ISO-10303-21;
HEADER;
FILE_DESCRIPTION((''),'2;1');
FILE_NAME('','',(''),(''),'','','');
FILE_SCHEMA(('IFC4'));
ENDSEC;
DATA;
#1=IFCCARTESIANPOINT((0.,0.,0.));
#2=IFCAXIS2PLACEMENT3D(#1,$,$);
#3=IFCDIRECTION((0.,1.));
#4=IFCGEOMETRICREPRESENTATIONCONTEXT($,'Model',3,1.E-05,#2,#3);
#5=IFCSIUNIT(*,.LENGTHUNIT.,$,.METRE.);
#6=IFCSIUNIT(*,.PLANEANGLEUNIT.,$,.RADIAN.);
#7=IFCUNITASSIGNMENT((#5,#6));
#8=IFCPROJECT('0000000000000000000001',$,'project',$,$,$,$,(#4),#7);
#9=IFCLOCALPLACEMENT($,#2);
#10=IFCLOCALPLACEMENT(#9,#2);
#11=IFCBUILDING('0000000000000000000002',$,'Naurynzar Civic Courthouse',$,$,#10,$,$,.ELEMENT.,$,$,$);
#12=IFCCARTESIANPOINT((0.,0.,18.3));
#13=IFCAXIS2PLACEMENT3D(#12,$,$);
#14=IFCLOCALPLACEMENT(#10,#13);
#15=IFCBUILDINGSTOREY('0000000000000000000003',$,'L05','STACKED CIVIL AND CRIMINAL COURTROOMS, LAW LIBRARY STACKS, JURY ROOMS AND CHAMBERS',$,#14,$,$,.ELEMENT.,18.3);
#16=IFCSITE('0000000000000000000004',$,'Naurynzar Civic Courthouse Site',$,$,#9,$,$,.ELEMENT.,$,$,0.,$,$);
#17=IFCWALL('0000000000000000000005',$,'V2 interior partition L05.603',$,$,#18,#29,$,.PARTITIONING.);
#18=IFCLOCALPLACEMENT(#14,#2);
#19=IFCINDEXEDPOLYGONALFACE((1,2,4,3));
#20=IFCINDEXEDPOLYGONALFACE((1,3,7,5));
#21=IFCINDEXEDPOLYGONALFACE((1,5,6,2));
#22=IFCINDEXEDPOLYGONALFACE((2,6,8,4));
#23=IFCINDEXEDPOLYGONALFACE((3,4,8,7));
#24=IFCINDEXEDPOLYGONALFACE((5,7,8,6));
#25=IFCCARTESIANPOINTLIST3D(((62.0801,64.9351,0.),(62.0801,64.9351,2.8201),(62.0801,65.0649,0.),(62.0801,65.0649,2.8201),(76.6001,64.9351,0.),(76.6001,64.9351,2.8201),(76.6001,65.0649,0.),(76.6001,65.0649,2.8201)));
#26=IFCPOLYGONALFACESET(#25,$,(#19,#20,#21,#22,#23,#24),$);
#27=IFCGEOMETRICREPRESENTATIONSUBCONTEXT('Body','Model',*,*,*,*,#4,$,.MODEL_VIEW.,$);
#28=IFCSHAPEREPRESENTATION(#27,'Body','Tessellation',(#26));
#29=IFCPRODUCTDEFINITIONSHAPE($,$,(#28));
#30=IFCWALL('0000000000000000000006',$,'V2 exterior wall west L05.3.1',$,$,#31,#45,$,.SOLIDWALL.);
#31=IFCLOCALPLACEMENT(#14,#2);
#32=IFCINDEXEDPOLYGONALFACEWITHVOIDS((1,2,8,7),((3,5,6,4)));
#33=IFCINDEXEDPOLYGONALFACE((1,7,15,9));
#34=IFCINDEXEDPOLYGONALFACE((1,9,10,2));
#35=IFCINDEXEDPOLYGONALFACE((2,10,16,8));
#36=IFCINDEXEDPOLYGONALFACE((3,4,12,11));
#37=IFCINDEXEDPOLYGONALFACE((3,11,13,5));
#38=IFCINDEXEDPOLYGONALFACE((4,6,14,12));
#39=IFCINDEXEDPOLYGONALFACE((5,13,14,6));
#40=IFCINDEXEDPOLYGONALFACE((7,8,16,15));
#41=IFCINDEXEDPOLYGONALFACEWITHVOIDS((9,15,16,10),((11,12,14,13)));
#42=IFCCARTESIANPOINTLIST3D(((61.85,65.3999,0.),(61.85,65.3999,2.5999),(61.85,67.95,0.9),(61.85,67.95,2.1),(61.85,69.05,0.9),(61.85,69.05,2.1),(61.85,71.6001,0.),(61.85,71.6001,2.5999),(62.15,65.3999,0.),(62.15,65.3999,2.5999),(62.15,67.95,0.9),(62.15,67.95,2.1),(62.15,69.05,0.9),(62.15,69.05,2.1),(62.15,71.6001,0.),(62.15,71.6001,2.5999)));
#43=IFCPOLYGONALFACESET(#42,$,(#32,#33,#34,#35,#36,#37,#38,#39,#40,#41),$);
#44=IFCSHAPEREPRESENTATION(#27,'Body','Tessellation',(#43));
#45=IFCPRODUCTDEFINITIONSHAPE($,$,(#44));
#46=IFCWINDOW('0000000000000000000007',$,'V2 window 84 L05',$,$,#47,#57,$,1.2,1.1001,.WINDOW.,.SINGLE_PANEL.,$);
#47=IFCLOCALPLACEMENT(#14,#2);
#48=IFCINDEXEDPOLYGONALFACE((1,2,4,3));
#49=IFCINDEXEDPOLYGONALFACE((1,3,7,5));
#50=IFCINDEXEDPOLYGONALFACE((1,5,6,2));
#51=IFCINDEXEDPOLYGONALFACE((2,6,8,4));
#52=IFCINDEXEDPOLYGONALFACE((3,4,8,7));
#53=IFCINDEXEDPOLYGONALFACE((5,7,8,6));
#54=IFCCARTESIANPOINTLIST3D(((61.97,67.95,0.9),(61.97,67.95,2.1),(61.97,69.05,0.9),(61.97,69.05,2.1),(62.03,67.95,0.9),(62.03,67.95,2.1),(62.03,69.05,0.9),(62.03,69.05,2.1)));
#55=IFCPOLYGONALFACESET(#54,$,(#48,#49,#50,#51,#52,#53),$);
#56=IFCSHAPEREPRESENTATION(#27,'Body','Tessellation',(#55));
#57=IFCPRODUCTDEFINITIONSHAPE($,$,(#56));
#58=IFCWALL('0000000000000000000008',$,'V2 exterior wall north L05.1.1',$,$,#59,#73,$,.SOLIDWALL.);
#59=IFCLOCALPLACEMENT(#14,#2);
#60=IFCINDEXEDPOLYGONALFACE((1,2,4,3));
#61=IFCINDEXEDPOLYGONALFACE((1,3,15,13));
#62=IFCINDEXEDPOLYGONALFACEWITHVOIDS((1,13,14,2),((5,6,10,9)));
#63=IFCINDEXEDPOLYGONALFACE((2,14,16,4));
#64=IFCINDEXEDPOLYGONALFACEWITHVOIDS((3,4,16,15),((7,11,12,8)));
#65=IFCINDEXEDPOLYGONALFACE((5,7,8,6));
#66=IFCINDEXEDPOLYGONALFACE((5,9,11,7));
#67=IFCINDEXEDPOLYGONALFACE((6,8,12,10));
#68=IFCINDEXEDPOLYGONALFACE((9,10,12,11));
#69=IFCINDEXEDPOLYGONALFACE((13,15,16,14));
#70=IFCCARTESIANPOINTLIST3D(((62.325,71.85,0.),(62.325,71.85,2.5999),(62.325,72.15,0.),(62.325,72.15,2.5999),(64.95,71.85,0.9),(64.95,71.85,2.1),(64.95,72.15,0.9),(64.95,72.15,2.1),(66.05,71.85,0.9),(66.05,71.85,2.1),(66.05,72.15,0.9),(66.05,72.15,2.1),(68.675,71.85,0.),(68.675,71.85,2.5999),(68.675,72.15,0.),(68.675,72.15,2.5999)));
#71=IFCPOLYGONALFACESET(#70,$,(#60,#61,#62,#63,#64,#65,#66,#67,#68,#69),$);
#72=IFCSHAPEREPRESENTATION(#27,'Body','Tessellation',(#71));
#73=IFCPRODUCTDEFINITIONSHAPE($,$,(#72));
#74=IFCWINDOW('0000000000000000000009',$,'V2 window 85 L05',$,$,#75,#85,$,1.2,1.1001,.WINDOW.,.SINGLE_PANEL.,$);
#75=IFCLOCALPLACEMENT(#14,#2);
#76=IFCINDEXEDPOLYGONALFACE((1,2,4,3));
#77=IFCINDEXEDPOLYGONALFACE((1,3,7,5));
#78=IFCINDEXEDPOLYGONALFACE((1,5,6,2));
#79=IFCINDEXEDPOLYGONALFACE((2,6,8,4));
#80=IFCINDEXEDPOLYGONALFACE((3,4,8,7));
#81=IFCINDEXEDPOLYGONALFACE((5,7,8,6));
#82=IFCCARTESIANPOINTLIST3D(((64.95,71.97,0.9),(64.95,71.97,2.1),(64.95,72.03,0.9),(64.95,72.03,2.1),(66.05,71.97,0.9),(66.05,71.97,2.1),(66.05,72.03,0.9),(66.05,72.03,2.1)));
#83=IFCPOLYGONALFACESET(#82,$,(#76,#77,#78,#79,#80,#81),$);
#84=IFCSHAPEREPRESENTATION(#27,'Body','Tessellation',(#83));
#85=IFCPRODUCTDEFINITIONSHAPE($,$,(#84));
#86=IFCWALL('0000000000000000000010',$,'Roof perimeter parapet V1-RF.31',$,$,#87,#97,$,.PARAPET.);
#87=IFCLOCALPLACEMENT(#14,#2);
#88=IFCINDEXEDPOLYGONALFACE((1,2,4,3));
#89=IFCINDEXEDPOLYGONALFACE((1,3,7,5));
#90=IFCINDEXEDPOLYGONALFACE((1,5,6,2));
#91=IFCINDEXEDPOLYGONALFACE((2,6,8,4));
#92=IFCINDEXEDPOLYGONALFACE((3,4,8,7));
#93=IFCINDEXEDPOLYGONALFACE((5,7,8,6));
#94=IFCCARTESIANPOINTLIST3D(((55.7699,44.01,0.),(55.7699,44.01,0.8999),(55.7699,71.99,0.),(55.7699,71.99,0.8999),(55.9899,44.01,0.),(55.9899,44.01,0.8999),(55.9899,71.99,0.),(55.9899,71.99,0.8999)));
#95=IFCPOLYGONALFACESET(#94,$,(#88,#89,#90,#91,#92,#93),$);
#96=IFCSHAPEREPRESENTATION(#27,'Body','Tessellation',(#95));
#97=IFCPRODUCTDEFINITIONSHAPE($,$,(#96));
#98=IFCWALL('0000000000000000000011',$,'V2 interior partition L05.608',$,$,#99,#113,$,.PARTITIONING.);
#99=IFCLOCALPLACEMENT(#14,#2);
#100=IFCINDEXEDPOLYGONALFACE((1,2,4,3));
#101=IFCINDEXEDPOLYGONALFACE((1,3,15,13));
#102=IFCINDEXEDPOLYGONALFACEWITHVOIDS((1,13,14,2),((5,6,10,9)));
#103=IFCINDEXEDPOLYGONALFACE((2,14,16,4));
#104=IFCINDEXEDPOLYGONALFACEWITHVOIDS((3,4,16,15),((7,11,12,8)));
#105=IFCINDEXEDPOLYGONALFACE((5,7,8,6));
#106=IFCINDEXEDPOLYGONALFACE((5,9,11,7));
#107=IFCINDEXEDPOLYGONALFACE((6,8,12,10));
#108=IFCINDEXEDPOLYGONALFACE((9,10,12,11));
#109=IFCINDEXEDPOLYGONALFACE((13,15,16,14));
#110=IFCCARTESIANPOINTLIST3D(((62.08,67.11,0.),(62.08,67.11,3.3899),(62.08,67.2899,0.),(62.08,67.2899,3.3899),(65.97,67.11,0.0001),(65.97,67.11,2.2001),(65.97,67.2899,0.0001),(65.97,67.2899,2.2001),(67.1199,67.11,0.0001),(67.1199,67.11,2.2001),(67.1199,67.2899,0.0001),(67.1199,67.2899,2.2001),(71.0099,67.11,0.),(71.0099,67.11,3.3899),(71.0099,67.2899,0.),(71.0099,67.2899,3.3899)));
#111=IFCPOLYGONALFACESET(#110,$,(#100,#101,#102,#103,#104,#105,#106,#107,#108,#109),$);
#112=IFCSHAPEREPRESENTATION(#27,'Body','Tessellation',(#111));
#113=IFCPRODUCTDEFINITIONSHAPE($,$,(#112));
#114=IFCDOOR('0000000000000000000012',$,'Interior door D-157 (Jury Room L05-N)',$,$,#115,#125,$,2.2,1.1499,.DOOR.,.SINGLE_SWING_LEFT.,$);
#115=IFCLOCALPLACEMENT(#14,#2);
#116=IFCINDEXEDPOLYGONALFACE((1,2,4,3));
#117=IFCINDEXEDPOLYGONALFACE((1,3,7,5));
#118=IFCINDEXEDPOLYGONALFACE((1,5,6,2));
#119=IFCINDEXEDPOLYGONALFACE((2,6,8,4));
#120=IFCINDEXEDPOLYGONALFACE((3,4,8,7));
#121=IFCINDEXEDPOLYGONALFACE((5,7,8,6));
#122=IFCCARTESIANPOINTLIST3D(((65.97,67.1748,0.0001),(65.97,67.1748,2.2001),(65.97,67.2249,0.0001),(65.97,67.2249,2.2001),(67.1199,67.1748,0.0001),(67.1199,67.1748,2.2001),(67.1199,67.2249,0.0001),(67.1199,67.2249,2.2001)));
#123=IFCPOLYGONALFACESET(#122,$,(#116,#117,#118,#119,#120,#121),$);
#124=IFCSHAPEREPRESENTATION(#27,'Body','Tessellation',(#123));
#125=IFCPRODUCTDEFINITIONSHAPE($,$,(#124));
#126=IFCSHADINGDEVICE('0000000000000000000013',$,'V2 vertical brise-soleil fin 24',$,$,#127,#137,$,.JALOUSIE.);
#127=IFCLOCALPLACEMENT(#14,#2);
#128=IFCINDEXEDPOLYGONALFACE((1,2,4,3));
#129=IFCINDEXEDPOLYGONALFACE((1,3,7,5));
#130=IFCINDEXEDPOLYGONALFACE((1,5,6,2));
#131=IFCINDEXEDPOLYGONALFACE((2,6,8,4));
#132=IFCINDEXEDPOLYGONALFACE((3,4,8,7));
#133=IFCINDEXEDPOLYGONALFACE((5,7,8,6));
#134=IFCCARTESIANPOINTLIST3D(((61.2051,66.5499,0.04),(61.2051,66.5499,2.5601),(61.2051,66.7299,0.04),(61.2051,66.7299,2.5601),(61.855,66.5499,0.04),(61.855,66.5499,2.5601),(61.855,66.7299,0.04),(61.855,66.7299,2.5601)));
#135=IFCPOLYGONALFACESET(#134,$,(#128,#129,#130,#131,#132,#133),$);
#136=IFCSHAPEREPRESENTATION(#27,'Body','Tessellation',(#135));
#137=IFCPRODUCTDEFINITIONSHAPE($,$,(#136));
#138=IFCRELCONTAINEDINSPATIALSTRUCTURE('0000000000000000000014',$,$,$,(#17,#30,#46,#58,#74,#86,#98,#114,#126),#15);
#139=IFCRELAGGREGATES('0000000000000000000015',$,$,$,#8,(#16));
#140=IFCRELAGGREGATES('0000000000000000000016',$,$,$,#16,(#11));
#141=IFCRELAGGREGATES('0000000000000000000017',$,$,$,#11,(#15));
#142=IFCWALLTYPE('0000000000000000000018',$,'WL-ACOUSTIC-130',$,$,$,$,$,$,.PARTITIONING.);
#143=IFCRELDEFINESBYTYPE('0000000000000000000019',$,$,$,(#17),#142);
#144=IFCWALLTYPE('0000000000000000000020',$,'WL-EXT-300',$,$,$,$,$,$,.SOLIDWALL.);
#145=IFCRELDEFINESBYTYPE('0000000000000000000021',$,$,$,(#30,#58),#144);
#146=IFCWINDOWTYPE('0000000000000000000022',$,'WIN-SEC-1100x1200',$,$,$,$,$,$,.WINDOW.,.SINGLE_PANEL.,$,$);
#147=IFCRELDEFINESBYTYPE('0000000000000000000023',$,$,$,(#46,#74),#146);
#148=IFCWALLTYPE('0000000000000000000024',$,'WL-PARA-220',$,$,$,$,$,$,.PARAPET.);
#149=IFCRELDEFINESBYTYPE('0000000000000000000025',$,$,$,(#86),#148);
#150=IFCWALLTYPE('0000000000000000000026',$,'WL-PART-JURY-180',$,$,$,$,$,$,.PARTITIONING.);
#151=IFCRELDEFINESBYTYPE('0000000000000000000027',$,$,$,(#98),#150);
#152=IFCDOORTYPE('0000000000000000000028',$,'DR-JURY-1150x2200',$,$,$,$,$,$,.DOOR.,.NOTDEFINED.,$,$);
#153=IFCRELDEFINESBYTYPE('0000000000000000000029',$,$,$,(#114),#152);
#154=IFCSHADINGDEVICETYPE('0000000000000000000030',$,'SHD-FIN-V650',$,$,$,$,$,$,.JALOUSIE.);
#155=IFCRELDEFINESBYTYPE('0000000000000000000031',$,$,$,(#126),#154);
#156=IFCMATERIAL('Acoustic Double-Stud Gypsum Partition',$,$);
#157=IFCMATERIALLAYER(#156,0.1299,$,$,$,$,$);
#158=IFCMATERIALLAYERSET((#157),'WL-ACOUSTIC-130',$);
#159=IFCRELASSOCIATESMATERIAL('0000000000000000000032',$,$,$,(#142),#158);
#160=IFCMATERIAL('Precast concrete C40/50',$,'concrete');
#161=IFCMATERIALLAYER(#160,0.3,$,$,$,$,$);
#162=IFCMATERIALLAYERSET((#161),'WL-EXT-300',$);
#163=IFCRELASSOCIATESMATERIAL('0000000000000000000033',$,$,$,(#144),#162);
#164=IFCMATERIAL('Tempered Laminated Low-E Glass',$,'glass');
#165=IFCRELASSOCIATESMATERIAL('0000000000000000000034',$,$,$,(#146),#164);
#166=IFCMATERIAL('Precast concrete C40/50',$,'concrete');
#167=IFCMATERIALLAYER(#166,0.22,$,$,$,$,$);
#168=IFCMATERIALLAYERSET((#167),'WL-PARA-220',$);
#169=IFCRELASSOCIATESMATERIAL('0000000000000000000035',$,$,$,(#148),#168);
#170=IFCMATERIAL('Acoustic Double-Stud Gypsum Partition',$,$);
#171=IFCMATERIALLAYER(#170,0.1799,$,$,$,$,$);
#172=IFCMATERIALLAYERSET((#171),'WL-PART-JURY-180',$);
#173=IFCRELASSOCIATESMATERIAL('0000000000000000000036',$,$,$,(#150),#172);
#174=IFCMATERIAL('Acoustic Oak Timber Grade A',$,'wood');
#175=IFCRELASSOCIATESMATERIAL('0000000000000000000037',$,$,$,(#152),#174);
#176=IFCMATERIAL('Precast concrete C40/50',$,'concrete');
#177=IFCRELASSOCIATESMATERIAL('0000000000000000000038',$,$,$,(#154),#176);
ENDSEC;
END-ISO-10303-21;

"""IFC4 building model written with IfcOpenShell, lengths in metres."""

from ifc_helpers import new_model, si_unit, direction, frame, frame_2d, origin, origin_2d, place, context, subcontext, project, spatial, rectangle, extrude, material, layer, layer_set, type_object, element, fill, save


model = new_model("IFC4")

# Units and contexts
model_context = context("Model", 3, precision=1e-05, world=origin(), true_north=direction((0.0, 1.0)))
body_context = subcontext(model_context, "Body", "Model", "MODEL_VIEW")
ifc_project = project(units=[si_unit("LENGTHUNIT", "METRE"), si_unit("PLANEANGLEUNIT", "RADIAN")], contexts=[model_context])

# Site, building, storey
site_placement = place(None, origin())
site = spatial("IfcSite", under=ifc_project, at=site_placement, Name="Naurynzar Civic Courthouse Site", CompositionType="ELEMENT", RefElevation=0.0)
building_placement = place(site_placement, origin())
building = spatial("IfcBuilding", under=site, at=building_placement, Name="Naurynzar Civic Courthouse", CompositionType="ELEMENT")
storey_placement = place(building_placement, frame((0.0, 0.0, 18.3)))
storey = spatial("IfcBuildingStorey", under=building, at=storey_placement, Name="L05", Description="STACKED CIVIL AND CRIMINAL COURTROOMS, LAW LIBRARY STACKS, JURY ROOMS AND CHAMBERS", CompositionType="ELEMENT", Elevation=18.3)

# Wall
ifc_material_1 = material(Name="Acoustic Double-Stud Gypsum Partition")
ifc_layer_1 = layer(ifc_material_1, 0.1299)
ifc_layer_set_1 = layer_set([ifc_layer_1], Name="WL-ACOUSTIC-130")
wall_type_1 = type_object("IfcWallType", Name="WL-ACOUSTIC-130", PredefinedType="PARTITIONING", material=ifc_layer_set_1)
wall_1_placement = place(storey_placement, frame((62.0801, 65.0, 0.0), z_axis=(0.0, 0.0, 1.0), x_axis=(1.0, 0.0, 0.0)))
element("IfcWall", 1, at=wall_1_placement, inside=storey, type_object=wall_type_1, Name="V2 interior partition L05.603", PredefinedType="PARTITIONING", context=body_context, shape_type="SweptSolid", body=[
    extrude(rectangle(XDim=14.52, YDim=0.1299, at=frame_2d((7.26, 0.0))), origin(), (0.0, 0.0, 1.0), 2.8201),
])

# Walls, openings, windows
ifc_material_2 = material(Name="Precast concrete C40/50", Category="concrete")
ifc_layer_2 = layer(ifc_material_2, 0.3)
ifc_layer_set_2 = layer_set([ifc_layer_2], Name="WL-EXT-300")
wall_type_2 = type_object("IfcWallType", Name="WL-EXT-300", PredefinedType="SOLIDWALL", material=ifc_layer_set_2)
wall_2_placement = place(storey_placement, frame((62.0, 65.3999, 0.0), z_axis=(0.0, 0.0, 1.0), x_axis=(0.0, 1.0, 0.0)))
wall_2 = element("IfcWall", 2, at=wall_2_placement, inside=storey, type_object=wall_type_2, Name="V2 exterior wall west L05.3.1", PredefinedType="SOLIDWALL", context=body_context, shape_type="SweptSolid", body=[
    extrude(rectangle(XDim=6.2002, YDim=0.3, at=frame_2d((3.1001, 0.0))), origin(), (0.0, 0.0, 1.0), 2.5999),
])
opening_1_placement = place(wall_2_placement, frame((2.55, 0.0, 0.8999)))
opening_1 = element("IfcOpeningElement", 3, at=opening_1_placement, cuts=wall_2, PredefinedType="OPENING", context=body_context, shape_type="SweptSolid", body=[
    extrude(rectangle(XDim=1.1001, YDim=1.2, at=frame_2d((0.55, 0.6001))), frame((0.0, 0.1599, 0.0), z_axis=(0.0, -1.0, 0.0), x_axis=(1.0, 0.0, 0.0)), (0.0, 0.0, 1.0), 0.3201),
])
ifc_material_3 = material(Name="Tempered Laminated Low-E Glass", Category="glass")
window_type = type_object("IfcWindowType", Name="WIN-SEC-1100x1200", PartitioningType="SINGLE_PANEL", PredefinedType="WINDOW", material=ifc_material_3)
window_1_placement = place(opening_1_placement, origin())
window_1 = element("IfcWindow", 4, at=window_1_placement, inside=storey, type_object=window_type, Name="V2 window 84 L05", OverallHeight=1.2, OverallWidth=1.1001, PartitioningType="SINGLE_PANEL", PredefinedType="WINDOW", context=body_context, shape_type="SweptSolid", body=[
    extrude(rectangle(XDim=1.1001, YDim=1.2, at=frame_2d((0.55, 0.6001))), frame((0.0, 0.03, 0.0), z_axis=(0.0, -1.0, 0.0), x_axis=(1.0, 0.0, 0.0)), (0.0, 0.0, 1.0), 0.0601),
])
fill(opening_1, window_1)
wall_3_placement = place(storey_placement, frame((62.325, 72.0, 0.0), z_axis=(0.0, 0.0, 1.0), x_axis=(1.0, 0.0, 0.0)))
wall_3 = element("IfcWall", 5, at=wall_3_placement, inside=storey, type_object=wall_type_2, Name="V2 exterior wall north L05.1.1", PredefinedType="SOLIDWALL", context=body_context, shape_type="SweptSolid", body=[
    extrude(rectangle(XDim=6.3501, YDim=0.3, at=frame_2d((3.175, 0.0))), origin(), (0.0, 0.0, 1.0), 2.5999),
])
opening_2_placement = place(wall_3_placement, frame((2.625, 0.0, 0.8999)))
opening_2 = element("IfcOpeningElement", 6, at=opening_2_placement, cuts=wall_3, PredefinedType="OPENING", context=body_context, shape_type="SweptSolid", body=[
    extrude(rectangle(XDim=1.1001, YDim=1.2, at=frame_2d((0.55, 0.6001))), frame((0.0, 0.1599, 0.0), z_axis=(0.0, -1.0, 0.0), x_axis=(1.0, 0.0, 0.0)), (0.0, 0.0, 1.0), 0.3201),
])
window_2_placement = place(opening_2_placement, origin())
window_2 = element("IfcWindow", 7, at=window_2_placement, inside=storey, type_object=window_type, Name="V2 window 85 L05", OverallHeight=1.2, OverallWidth=1.1001, PartitioningType="SINGLE_PANEL", PredefinedType="WINDOW", context=body_context, shape_type="SweptSolid", body=[
    extrude(rectangle(XDim=1.1001, YDim=1.2, at=frame_2d((0.55, 0.6001))), frame((0.0, 0.03, 0.0), z_axis=(0.0, -1.0, 0.0), x_axis=(1.0, 0.0, 0.0)), (0.0, 0.0, 1.0), 0.0601),
])
fill(opening_2, window_2)

# Wall
ifc_material_4 = material(Name="Precast concrete C40/50", Category="concrete")
ifc_layer_3 = layer(ifc_material_4, 0.22)
ifc_layer_set_3 = layer_set([ifc_layer_3], Name="WL-PARA-220")
wall_type_3 = type_object("IfcWallType", Name="WL-PARA-220", PredefinedType="PARAPET", material=ifc_layer_set_3)
wall_4_placement = place(storey_placement, frame((55.8799, 71.99, 0.0), z_axis=(0.0, 0.0, 1.0), x_axis=(0.0, -1.0, 0.0)))
element("IfcWall", 8, at=wall_4_placement, inside=storey, type_object=wall_type_3, Name="Roof perimeter parapet V1-RF.31", PredefinedType="PARAPET", context=body_context, shape_type="SweptSolid", body=[
    extrude(rectangle(XDim=27.98, YDim=0.22, at=frame_2d((13.99, 0.0))), origin(), (0.0, 0.0, 1.0), 0.8999),
])

# Wall, opening, door
ifc_material_5 = material(Name="Acoustic Double-Stud Gypsum Partition")
ifc_layer_4 = layer(ifc_material_5, 0.1799)
ifc_layer_set_4 = layer_set([ifc_layer_4], Name="WL-PART-JURY-180")
wall_type_4 = type_object("IfcWallType", Name="WL-PART-JURY-180", PredefinedType="PARTITIONING", material=ifc_layer_set_4)
wall_5_placement = place(storey_placement, frame((62.0801, 67.2, 0.0), z_axis=(0.0, 0.0, 1.0), x_axis=(1.0, 0.0, 0.0)))
wall_5 = element("IfcWall", 9, at=wall_5_placement, inside=storey, type_object=wall_type_4, Name="V2 interior partition L05.608", PredefinedType="PARTITIONING", context=body_context, shape_type="SweptSolid", body=[
    extrude(rectangle(XDim=8.9299, YDim=0.1799, at=frame_2d((4.4648, 0.0))), origin(), (0.0, 0.0, 1.0), 3.3899),
])
opening_3_placement = place(wall_5_placement, frame((3.8899, 0.0, 0.0)))
opening_3 = element("IfcOpeningElement", 10, at=opening_3_placement, cuts=wall_5, PredefinedType="OPENING", context=body_context, shape_type="SweptSolid", body=[
    extrude(rectangle(XDim=1.1499, YDim=2.2, at=frame_2d((0.575, 1.1001))), frame((0.0, 0.0999, 0.0), z_axis=(0.0, -1.0, 0.0), x_axis=(1.0, 0.0, 0.0)), (0.0, 0.0, 1.0), 0.2),
])
ifc_material_6 = material(Name="Acoustic Oak Timber Grade A", Category="wood")
door_type = type_object("IfcDoorType", Name="DR-JURY-1150x2200", OperationType="NOTDEFINED", PredefinedType="DOOR", material=ifc_material_6)
door_placement = place(opening_3_placement, origin())
door = element("IfcDoor", 11, at=door_placement, inside=storey, type_object=door_type, Name="Interior door D-157 (Jury Room L05-N)", OperationType="SINGLE_SWING_LEFT", OverallHeight=2.2, OverallWidth=1.1499, PredefinedType="DOOR", context=body_context, shape_type="SweptSolid", body=[
    extrude(rectangle(XDim=1.1499, YDim=2.2, at=frame_2d((0.575, 1.1001))), frame((0.0, 0.0249, 0.0), z_axis=(0.0, -1.0, 0.0), x_axis=(1.0, 0.0, 0.0)), (0.0, 0.0, 1.0), 0.05),
])
fill(opening_3, door)

# Shading device
ifc_material_7 = material(Name="Precast concrete C40/50", Category="concrete")
shading_device_type = type_object("IfcShadingDeviceType", Name="SHD-FIN-V650", PredefinedType="JALOUSIE", material=ifc_material_7)
shading_device_placement = place(storey_placement, frame((61.53, 66.6399, 0.04), z_axis=(0.0, 0.0, 1.0), x_axis=(0.0, 1.0, 0.0)))
element("IfcShadingDevice", 12, at=shading_device_placement, inside=storey, type_object=shading_device_type, Name="V2 vertical brise-soleil fin 24", PredefinedType="JALOUSIE", context=body_context, shape_type="SweptSolid", body=[
    extrude(rectangle(XDim=0.1799, YDim=0.6499, at=origin_2d()), origin(), (0.0, 0.0, 1.0), 2.52),
])

save(model, "model.ifc")
